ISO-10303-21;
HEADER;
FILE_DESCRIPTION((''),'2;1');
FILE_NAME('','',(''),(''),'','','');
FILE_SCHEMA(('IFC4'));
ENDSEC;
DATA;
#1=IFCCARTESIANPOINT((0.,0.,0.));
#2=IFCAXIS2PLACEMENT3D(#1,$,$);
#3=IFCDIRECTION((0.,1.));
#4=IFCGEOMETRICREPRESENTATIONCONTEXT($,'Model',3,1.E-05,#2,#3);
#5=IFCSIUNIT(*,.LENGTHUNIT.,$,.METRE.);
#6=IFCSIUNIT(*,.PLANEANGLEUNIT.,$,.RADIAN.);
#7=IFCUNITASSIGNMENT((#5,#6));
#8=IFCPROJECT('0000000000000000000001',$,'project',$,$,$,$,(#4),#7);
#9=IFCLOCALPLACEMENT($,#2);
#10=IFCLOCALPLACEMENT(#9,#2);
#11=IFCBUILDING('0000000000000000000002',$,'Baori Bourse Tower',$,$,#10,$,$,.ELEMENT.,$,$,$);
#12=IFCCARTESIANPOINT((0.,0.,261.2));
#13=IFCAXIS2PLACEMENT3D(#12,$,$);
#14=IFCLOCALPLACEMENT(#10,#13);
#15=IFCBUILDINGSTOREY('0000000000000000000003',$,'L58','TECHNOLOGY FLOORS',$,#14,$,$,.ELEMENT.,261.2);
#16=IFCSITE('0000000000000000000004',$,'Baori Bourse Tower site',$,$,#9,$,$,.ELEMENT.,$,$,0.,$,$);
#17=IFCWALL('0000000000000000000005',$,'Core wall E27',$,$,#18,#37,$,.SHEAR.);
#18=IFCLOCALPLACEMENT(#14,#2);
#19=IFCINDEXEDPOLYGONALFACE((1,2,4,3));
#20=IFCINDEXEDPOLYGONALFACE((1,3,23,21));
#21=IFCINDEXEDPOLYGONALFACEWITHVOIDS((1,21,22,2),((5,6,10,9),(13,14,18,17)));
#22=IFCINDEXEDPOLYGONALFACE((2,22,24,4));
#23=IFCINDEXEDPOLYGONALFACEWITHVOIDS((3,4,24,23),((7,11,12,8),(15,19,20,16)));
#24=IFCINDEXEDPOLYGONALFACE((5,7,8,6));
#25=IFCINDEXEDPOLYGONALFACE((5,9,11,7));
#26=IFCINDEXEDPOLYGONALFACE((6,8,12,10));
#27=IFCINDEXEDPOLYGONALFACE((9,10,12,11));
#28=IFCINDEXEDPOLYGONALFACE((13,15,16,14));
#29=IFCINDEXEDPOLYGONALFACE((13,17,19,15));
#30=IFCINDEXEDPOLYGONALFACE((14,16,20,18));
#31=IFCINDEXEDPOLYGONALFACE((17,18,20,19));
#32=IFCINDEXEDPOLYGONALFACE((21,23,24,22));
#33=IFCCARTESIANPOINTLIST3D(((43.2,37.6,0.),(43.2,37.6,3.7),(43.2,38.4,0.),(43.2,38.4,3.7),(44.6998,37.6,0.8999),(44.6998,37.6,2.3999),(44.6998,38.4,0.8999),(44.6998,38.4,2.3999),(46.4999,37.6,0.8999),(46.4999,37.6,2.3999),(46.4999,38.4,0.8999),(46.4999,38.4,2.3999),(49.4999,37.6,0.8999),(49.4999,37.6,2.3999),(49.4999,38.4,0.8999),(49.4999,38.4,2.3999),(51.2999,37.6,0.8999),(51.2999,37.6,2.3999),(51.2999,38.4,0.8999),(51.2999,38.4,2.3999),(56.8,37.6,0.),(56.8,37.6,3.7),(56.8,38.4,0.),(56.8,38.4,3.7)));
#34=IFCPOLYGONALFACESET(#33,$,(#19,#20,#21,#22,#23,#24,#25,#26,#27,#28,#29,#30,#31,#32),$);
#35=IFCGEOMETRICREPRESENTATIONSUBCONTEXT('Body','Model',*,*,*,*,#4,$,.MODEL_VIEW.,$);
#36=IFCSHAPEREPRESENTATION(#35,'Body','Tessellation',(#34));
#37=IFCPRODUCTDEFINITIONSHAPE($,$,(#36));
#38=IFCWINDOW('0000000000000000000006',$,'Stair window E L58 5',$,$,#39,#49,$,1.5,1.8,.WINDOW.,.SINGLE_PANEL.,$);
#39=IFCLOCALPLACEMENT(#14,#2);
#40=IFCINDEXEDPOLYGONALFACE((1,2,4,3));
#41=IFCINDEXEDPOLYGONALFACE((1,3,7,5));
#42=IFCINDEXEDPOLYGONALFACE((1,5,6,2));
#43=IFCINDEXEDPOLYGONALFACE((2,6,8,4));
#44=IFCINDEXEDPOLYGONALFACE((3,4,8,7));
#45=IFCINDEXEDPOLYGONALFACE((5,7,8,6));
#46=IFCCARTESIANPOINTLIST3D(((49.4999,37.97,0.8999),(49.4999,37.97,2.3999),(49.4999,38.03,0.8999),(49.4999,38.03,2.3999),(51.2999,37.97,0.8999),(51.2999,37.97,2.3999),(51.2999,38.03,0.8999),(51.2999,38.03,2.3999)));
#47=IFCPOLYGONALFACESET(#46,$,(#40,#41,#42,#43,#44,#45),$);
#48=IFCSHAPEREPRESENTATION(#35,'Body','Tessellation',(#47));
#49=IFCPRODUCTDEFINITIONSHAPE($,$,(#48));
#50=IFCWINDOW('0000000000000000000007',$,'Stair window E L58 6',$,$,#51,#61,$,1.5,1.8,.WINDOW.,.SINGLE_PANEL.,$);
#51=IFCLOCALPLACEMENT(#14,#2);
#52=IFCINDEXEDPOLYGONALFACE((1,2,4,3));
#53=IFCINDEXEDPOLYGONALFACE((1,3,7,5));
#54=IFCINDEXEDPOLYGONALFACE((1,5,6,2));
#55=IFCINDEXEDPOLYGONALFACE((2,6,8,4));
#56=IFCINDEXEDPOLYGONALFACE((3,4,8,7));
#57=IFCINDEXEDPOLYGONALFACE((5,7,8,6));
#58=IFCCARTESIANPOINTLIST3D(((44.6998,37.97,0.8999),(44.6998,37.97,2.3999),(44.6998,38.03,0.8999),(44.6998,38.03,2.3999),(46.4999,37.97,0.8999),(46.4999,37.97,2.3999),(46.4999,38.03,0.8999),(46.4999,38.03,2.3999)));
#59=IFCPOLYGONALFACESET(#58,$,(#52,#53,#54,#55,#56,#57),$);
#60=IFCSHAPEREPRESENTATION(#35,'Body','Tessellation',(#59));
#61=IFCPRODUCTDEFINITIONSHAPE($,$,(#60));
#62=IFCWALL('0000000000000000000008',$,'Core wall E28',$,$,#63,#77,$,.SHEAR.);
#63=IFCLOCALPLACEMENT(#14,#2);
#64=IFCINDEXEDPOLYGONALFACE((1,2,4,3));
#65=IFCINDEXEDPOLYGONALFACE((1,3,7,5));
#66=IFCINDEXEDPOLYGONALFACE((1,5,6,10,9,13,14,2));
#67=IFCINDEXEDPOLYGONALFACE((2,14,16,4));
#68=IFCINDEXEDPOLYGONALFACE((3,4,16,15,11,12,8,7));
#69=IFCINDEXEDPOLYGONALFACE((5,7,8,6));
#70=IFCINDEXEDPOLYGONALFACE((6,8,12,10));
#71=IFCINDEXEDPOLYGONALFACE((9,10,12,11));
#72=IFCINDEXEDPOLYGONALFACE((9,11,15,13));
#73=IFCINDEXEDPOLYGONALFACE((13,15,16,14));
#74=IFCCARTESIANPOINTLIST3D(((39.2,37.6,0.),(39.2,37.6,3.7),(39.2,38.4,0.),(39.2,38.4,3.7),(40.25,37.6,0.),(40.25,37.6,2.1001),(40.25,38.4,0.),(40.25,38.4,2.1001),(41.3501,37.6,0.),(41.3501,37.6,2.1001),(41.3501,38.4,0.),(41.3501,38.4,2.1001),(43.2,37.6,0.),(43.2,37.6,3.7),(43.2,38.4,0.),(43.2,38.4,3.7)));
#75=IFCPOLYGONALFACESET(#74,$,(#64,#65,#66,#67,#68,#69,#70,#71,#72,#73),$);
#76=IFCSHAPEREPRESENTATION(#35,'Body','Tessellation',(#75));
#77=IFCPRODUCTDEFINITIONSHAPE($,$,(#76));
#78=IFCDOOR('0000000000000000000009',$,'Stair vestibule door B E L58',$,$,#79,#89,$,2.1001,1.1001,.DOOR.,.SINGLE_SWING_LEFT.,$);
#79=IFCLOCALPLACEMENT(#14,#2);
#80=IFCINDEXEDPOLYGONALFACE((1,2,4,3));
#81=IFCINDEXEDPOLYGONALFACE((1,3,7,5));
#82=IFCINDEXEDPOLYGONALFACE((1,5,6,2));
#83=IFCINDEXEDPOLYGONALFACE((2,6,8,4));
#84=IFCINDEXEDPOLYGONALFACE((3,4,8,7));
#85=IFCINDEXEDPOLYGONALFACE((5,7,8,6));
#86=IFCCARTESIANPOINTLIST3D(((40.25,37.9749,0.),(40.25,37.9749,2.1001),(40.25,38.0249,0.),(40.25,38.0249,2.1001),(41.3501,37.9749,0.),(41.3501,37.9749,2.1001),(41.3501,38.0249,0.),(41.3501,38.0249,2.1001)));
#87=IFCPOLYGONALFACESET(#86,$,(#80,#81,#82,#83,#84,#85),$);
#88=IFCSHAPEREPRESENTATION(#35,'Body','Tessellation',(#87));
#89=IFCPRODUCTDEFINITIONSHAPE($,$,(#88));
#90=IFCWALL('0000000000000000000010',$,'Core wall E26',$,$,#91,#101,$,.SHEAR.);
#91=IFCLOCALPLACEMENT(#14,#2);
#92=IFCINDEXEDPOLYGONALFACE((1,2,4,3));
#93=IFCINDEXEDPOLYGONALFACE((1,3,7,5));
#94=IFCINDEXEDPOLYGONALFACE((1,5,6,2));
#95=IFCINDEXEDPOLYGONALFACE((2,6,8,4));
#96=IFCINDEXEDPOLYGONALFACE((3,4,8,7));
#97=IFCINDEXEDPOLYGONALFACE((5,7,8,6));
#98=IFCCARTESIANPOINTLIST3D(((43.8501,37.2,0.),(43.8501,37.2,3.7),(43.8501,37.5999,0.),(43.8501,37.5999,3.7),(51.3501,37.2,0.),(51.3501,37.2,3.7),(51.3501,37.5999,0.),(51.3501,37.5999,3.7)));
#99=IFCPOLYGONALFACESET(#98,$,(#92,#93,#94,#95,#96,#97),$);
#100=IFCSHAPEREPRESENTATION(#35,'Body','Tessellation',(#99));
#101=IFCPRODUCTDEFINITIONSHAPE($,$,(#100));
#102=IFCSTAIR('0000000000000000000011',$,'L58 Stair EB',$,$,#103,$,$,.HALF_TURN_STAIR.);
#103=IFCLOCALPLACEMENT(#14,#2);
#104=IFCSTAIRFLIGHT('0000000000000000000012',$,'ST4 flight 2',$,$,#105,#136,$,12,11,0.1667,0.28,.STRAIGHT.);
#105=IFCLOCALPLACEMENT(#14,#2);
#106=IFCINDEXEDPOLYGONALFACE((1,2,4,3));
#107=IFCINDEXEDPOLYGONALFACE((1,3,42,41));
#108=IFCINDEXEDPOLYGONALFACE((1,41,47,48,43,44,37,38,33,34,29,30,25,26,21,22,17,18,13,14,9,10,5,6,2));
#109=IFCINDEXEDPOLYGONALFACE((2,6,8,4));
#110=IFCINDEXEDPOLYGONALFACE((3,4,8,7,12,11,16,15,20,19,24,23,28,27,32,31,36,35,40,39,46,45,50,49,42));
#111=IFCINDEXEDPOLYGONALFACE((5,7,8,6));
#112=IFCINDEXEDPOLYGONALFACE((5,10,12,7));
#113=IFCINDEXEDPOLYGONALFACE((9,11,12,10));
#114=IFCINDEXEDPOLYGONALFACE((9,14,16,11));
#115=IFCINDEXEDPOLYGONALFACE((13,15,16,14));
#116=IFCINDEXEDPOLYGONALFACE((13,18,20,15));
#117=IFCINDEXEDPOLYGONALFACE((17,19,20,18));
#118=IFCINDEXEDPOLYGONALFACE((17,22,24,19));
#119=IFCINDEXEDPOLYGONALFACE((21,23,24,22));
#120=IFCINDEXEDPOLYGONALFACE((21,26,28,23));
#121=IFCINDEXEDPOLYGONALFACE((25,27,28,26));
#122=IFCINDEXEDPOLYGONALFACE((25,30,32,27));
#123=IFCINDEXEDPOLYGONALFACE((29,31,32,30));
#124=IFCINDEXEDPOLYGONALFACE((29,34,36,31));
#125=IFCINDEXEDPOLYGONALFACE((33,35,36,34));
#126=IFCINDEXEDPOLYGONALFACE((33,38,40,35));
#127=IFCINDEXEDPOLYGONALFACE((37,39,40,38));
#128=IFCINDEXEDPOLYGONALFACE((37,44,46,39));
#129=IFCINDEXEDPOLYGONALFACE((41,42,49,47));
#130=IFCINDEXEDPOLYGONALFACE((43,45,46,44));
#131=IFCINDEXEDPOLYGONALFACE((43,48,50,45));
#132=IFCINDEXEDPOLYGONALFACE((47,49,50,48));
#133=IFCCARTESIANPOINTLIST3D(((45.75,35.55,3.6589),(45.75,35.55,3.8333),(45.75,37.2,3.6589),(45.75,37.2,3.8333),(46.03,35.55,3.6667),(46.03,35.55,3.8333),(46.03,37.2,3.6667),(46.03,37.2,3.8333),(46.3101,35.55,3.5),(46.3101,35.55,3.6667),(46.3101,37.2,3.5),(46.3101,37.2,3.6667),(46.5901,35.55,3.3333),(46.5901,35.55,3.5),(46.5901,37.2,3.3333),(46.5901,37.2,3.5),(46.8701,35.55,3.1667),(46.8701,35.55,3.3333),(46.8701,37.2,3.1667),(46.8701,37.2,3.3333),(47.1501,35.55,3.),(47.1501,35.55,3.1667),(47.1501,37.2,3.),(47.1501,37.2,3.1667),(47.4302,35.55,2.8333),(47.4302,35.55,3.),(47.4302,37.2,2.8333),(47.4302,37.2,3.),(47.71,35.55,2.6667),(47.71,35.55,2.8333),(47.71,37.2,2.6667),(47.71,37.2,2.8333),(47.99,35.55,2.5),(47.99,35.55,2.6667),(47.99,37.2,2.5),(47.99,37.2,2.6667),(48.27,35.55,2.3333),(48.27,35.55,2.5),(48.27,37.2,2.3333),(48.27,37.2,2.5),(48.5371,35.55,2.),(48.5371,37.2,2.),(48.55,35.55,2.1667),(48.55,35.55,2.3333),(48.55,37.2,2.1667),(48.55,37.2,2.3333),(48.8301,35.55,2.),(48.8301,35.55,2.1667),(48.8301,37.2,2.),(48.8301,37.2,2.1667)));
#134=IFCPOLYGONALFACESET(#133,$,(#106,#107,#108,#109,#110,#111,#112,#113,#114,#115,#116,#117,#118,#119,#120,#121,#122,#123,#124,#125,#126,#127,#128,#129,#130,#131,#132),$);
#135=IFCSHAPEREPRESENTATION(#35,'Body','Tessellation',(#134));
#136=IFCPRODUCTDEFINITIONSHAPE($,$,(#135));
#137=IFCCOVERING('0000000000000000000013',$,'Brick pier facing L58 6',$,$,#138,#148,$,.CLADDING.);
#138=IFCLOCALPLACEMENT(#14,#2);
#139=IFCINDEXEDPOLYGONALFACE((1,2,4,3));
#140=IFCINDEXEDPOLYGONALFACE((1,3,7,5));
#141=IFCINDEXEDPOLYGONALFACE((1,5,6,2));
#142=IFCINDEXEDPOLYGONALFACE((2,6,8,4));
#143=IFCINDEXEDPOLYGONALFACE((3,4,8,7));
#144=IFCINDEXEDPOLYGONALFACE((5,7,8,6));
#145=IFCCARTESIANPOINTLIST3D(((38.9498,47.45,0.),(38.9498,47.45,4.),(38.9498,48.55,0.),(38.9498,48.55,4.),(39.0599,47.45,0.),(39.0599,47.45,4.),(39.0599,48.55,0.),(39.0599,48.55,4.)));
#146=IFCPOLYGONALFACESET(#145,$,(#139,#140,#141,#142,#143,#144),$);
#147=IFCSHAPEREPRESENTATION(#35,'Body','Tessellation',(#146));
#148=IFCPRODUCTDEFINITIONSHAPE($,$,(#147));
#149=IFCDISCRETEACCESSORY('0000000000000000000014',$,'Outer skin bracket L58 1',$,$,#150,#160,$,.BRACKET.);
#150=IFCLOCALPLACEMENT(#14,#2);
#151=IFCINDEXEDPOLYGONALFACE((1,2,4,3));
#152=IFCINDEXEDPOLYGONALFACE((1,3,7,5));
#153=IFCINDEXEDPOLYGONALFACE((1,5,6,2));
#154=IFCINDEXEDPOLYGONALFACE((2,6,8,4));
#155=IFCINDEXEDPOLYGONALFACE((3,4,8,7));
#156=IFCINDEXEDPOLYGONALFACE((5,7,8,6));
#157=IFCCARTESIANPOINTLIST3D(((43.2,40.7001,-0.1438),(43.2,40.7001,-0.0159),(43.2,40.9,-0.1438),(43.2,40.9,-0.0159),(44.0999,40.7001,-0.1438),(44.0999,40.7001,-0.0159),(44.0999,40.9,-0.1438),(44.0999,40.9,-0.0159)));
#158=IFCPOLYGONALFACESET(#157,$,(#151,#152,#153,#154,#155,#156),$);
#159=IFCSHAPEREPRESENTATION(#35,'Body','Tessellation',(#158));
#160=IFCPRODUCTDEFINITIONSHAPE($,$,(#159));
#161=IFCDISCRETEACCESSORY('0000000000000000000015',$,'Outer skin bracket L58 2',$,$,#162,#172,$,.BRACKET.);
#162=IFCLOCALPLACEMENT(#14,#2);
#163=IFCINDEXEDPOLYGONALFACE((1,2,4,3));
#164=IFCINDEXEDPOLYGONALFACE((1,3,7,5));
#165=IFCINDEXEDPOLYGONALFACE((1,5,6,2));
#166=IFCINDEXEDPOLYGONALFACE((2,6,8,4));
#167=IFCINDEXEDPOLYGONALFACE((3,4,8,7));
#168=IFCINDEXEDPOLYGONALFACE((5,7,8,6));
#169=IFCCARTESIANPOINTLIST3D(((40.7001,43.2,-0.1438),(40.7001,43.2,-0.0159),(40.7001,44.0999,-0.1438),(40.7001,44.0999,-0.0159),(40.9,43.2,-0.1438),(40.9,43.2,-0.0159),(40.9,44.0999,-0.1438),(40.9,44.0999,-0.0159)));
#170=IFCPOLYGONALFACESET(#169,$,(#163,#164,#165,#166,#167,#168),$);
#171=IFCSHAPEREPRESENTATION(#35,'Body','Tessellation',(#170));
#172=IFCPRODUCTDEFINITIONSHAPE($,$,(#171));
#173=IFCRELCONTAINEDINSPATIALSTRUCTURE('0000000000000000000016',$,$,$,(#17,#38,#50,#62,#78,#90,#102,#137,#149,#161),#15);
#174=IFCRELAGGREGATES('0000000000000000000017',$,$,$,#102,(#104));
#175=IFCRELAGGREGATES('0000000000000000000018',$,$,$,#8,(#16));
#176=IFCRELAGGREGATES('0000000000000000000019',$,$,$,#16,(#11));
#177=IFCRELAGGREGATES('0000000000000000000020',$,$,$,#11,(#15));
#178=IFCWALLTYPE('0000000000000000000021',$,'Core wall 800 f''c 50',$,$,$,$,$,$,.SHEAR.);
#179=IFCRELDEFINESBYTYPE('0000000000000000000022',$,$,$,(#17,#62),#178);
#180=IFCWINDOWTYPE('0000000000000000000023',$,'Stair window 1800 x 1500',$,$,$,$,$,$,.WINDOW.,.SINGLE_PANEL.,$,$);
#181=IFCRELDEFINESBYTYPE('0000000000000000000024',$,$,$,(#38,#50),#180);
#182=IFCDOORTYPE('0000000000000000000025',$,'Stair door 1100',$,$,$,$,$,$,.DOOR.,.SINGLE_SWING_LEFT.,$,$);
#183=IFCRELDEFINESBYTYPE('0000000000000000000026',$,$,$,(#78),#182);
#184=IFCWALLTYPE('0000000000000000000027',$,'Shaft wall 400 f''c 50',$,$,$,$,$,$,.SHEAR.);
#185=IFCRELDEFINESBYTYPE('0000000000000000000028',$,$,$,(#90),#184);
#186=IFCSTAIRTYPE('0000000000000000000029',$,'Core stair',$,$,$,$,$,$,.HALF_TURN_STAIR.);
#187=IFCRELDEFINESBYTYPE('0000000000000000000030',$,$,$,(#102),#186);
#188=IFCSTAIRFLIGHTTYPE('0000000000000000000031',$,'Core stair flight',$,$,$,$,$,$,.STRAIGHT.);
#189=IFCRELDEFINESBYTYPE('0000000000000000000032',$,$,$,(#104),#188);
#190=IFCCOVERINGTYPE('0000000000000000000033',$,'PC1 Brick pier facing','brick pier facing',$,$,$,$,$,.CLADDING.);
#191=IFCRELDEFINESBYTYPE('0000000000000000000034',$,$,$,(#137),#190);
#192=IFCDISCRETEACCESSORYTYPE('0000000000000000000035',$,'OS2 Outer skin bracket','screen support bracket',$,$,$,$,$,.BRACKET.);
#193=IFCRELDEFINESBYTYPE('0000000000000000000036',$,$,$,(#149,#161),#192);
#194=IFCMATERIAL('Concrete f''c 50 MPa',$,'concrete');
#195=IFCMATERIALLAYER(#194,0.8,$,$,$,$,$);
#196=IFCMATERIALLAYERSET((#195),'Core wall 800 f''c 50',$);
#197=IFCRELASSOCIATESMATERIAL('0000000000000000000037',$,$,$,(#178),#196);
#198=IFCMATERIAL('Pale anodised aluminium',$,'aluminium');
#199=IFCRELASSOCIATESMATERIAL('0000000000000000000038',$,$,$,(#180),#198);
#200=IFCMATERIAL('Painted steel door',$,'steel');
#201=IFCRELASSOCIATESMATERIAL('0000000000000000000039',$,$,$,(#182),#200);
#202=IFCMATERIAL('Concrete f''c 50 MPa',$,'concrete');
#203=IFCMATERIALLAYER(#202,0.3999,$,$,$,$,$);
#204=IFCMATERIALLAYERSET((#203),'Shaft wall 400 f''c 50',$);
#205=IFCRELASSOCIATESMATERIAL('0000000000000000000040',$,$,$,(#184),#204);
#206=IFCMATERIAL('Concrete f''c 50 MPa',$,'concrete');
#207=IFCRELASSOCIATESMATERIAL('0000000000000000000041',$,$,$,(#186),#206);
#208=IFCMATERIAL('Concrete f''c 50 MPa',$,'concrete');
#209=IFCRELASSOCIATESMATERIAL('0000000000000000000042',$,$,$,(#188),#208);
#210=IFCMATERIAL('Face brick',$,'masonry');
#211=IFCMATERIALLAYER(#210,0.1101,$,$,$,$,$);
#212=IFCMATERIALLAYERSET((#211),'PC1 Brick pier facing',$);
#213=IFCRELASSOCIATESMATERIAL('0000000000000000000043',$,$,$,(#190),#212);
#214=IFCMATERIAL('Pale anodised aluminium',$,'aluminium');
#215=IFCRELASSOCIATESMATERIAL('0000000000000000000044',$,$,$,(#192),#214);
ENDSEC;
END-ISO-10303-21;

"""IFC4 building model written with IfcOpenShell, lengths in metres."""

from ifc_helpers import new_model, si_unit, direction, frame, frame_2d, origin, origin_2d, place, context, subcontext, project, spatial, polyline, rectangle, outline, extrude, material, layer, layer_set, type_object, element, fill, aggregate, save


model = new_model("IFC4")

# Units and contexts
model_context = context("Model", 3, precision=1e-05, world=origin(), true_north=direction((0.0, 1.0)))
body_context = subcontext(model_context, "Body", "Model", "MODEL_VIEW")
ifc_project = project(units=[si_unit("LENGTHUNIT", "METRE"), si_unit("PLANEANGLEUNIT", "RADIAN")], contexts=[model_context])

# Site, building, storey
site_placement = place(None, origin())
site = spatial("IfcSite", under=ifc_project, at=site_placement, Name="Baori Bourse Tower site", CompositionType="ELEMENT", RefElevation=0.0)
building_placement = place(site_placement, origin())
building = spatial("IfcBuilding", under=site, at=building_placement, Name="Baori Bourse Tower", CompositionType="ELEMENT")
storey_placement = place(building_placement, frame((0.0, 0.0, 261.2)))
storey = spatial("IfcBuildingStorey", under=building, at=storey_placement, Name="L58", Description="TECHNOLOGY FLOORS", CompositionType="ELEMENT", Elevation=261.2)

# Wall, openings, windows
ifc_material_1 = material(Name="Concrete f'c 50 MPa", Category="concrete")
ifc_layer_1 = layer(ifc_material_1, 0.8)
ifc_layer_set_1 = layer_set([ifc_layer_1], Name="Core wall 800 f'c 50")
wall_type_1 = type_object("IfcWallType", Name="Core wall 800 f'c 50", PredefinedType="SHEAR", material=ifc_layer_set_1)
wall_1_placement = place(storey_placement, frame((43.2, 38.0, 0.0), z_axis=(0.0, 0.0, 1.0), x_axis=(1.0, 0.0, 0.0)))
wall_1 = element("IfcWall", 1, at=wall_1_placement, inside=storey, type_object=wall_type_1, Name="Core wall E27", PredefinedType="SHEAR", context=body_context, shape_type="SweptSolid", body=[
    extrude(rectangle(XDim=13.6001, YDim=0.8, at=frame_2d((6.8, 0.0))), origin(), (0.0, 0.0, 1.0), 3.7),
])
opening_1_placement = place(wall_1_placement, frame((6.3, 0.0, 0.8999)))
opening_1 = element("IfcOpeningElement", 2, at=opening_1_placement, cuts=wall_1, PredefinedType="OPENING", context=body_context, shape_type="SweptSolid", body=[
    extrude(rectangle(XDim=1.8, YDim=1.5, at=frame_2d((0.8999, 0.75))), frame((0.0, 0.4099, 0.0), z_axis=(0.0, -1.0, 0.0), x_axis=(1.0, 0.0, 0.0)), (0.0, 0.0, 1.0), 0.8201),
])
opening_2_placement = place(wall_1_placement, frame((1.5, 0.0, 0.8999)))
opening_2 = element("IfcOpeningElement", 3, at=opening_2_placement, cuts=wall_1, PredefinedType="OPENING", context=body_context, shape_type="SweptSolid", body=[
    extrude(rectangle(XDim=1.8, YDim=1.5, at=frame_2d((0.8999, 0.75))), frame((0.0, 0.4099, 0.0), z_axis=(0.0, -1.0, 0.0), x_axis=(1.0, 0.0, 0.0)), (0.0, 0.0, 1.0), 0.8201),
])
ifc_material_2 = material(Name="Pale anodised aluminium", Category="aluminium")
window_type_1 = type_object("IfcWindowType", Name="Stair window 1800 x 1500", PartitioningType="SINGLE_PANEL", PredefinedType="WINDOW", material=ifc_material_2)
window_1_placement = place(opening_1_placement, origin())
window_1 = element("IfcWindow", 4, at=window_1_placement, inside=storey, type_object=window_type_1, Name="Stair window E L58 5", OverallHeight=1.5, OverallWidth=1.8, PartitioningType="SINGLE_PANEL", PredefinedType="WINDOW", context=body_context, shape_type="SweptSolid", body=[
    extrude(rectangle(XDim=1.8, YDim=1.5, at=frame_2d((0.8999, 0.75))), frame((0.0, 0.03, 0.0), z_axis=(0.0, -1.0, 0.0), x_axis=(1.0, 0.0, 0.0)), (0.0, 0.0, 1.0), 0.0601),
])
fill(opening_1, window_1)
window_2_placement = place(opening_2_placement, origin())
window_2 = element("IfcWindow", 5, at=window_2_placement, inside=storey, type_object=window_type_1, Name="Stair window E L58 6", OverallHeight=1.5, OverallWidth=1.8, PartitioningType="SINGLE_PANEL", PredefinedType="WINDOW", context=body_context, shape_type="SweptSolid", body=[
    extrude(rectangle(XDim=1.8, YDim=1.5, at=frame_2d((0.8999, 0.75))), frame((0.0, 0.03, 0.0), z_axis=(0.0, -1.0, 0.0), x_axis=(1.0, 0.0, 0.0)), (0.0, 0.0, 1.0), 0.0601),
])
fill(opening_2, window_2)

# Wall, opening, door
wall_2_placement = place(storey_placement, frame((39.2, 38.0, 0.0), z_axis=(0.0, 0.0, 1.0), x_axis=(1.0, 0.0, 0.0)))
wall_2 = element("IfcWall", 6, at=wall_2_placement, inside=storey, type_object=wall_type_1, Name="Core wall E28", PredefinedType="SHEAR", context=body_context, shape_type="SweptSolid", body=[
    extrude(rectangle(XDim=4.0, YDim=0.8, at=frame_2d((2.0, 0.0))), origin(), (0.0, 0.0, 1.0), 3.7),
])
opening_3_placement = place(wall_2_placement, frame((1.05, 0.0, 0.0)))
opening_3 = element("IfcOpeningElement", 7, at=opening_3_placement, cuts=wall_2, PredefinedType="OPENING", context=body_context, shape_type="SweptSolid", body=[
    extrude(rectangle(XDim=1.1001, YDim=2.1001, at=frame_2d((0.55, 1.05))), frame((0.0, 0.4099, 0.0), z_axis=(0.0, -1.0, 0.0), x_axis=(1.0, 0.0, 0.0)), (0.0, 0.0, 1.0), 0.8201),
])
ifc_material_3 = material(Name="Painted steel door", Category="steel")
door_type = type_object("IfcDoorType", Name="Stair door 1100", OperationType="SINGLE_SWING_LEFT", PredefinedType="DOOR", material=ifc_material_3)
door_placement = place(opening_3_placement, origin())
door = element("IfcDoor", 8, at=door_placement, inside=storey, type_object=door_type, Name="Stair vestibule door B E L58", OperationType="SINGLE_SWING_LEFT", OverallHeight=2.1001, OverallWidth=1.1001, PredefinedType="DOOR", context=body_context, shape_type="SweptSolid", body=[
    extrude(rectangle(XDim=1.1001, YDim=2.1001, at=frame_2d((0.55, 1.05))), frame((0.0, 0.0249, 0.0), z_axis=(0.0, -1.0, 0.0), x_axis=(1.0, 0.0, 0.0)), (0.0, 0.0, 1.0), 0.05),
])
fill(opening_3, door)

# Wall
ifc_material_4 = material(Name="Concrete f'c 50 MPa", Category="concrete")
ifc_layer_2 = layer(ifc_material_4, 0.3999)
ifc_layer_set_2 = layer_set([ifc_layer_2], Name="Shaft wall 400 f'c 50")
wall_type_2 = type_object("IfcWallType", Name="Shaft wall 400 f'c 50", PredefinedType="SHEAR", material=ifc_layer_set_2)
wall_3_placement = place(storey_placement, frame((43.8501, 37.3999, 0.0), z_axis=(0.0, 0.0, 1.0), x_axis=(1.0, 0.0, 0.0)))
element("IfcWall", 9, at=wall_3_placement, inside=storey, type_object=wall_type_2, Name="Core wall E26", PredefinedType="SHEAR", context=body_context, shape_type="SweptSolid", body=[
    extrude(rectangle(XDim=7.5, YDim=0.3999, at=frame_2d((3.75, 0.0))), origin(), (0.0, 0.0, 1.0), 3.7),
])

# Stair, stair flight
ifc_material_5 = material(Name="Concrete f'c 50 MPa", Category="concrete")
stair_type = type_object("IfcStairType", Name="Core stair", PredefinedType="HALF_TURN_STAIR", material=ifc_material_5)
stair_placement = place(storey_placement, origin())
stair = element("IfcStair", 10, at=stair_placement, inside=storey, type_object=stair_type, Name="L58 Stair EB", PredefinedType="HALF_TURN_STAIR")
ifc_material_6 = material(Name="Concrete f'c 50 MPa", Category="concrete")
stair_flight_type = type_object("IfcStairFlightType", Name="Core stair flight", PredefinedType="STRAIGHT", material=ifc_material_6)
stair_flight_placement = place(storey_placement, frame((48.8301, 36.375, 2.0), z_axis=(0.0, 0.0, 1.0), x_axis=(-1.0, 0.0, 0.0)))
stair_flight = element("IfcStairFlight", 11, at=stair_flight_placement, type_object=stair_flight_type, Name="ST4 flight 2", NumberOfRisers=12, NumberOfTreads=11, PredefinedType="STRAIGHT", RiserHeight=0.1667, TreadLength=0.28, context=body_context, shape_type="SweptSolid", body=[
    extrude(outline(polyline([(0.0, 0.0), (0.0, 0.1667), (0.28, 0.1667), (0.28, 0.3333), (0.5601, 0.3333), (0.5601, 0.5), (0.8401, 0.5), (0.8401, 0.6667), (1.1201, 0.6667), (1.1201, 0.8333), (1.3999, 0.8333), (1.3999, 1.0), (1.6799, 1.0), (1.6799, 1.1667), (1.96, 1.1667), (1.96, 1.3333), (2.24, 1.3333), (2.24, 1.5), (2.52, 1.5), (2.52, 1.6667), (2.8, 1.6667), (2.8, 1.8333), (3.0801, 1.8333), (3.0801, 2.0), (3.0801, 1.6589), (0.293, 0.0), (0.0, 0.0)])), frame((0.0, 0.825, 0.0), z_axis=(0.0, -1.0, 0.0), x_axis=(1.0, 0.0, 0.0)), (0.0, 0.0, 1.0), 1.6499),
])
aggregate(stair, [stair_flight])

# Covering
ifc_material_7 = material(Name="Face brick", Category="masonry")
ifc_layer_3 = layer(ifc_material_7, 0.1101)
ifc_layer_set_3 = layer_set([ifc_layer_3], Name="PC1 Brick pier facing")
covering_type = type_object("IfcCoveringType", Name="PC1 Brick pier facing", Description="brick pier facing", PredefinedType="CLADDING", material=ifc_layer_set_3)
covering_placement = place(storey_placement, frame((39.0049, 48.0, 0.0), z_axis=(0.0, 0.0, 1.0), x_axis=(1.0, 0.0, 0.0)))
element("IfcCovering", 12, at=covering_placement, inside=storey, type_object=covering_type, Name="Brick pier facing L58 6", PredefinedType="CLADDING", context=body_context, shape_type="SweptSolid", body=[
    extrude(rectangle(XDim=0.1101, YDim=1.1001, at=origin_2d()), origin(), (0.0, 0.0, 1.0), 4.0),
])

# Discrete accessories
ifc_material_8 = material(Name="Pale anodised aluminium", Category="aluminium")
discrete_accessory_type = type_object("IfcDiscreteAccessoryType", Name="OS2 Outer skin bracket", Description="screen support bracket", PredefinedType="BRACKET", material=ifc_material_8)
for number, where, z_axis, x_axis, name in (
    (13, (43.6499, 40.8, -0.1438), (0.0, 0.0, 1.0), (0.0, 1.0, 0.0), "Outer skin bracket L58 1"),
    (14, (40.8, 43.6499, -0.1438), (0.0, 0.0, 1.0), (-1.0, 0.0, 0.0), "Outer skin bracket L58 2"),
):
    element("IfcDiscreteAccessory", number, at=place(storey_placement, frame(where, z_axis=z_axis, x_axis=x_axis)), inside=storey, type_object=discrete_accessory_type, Name=name, PredefinedType="BRACKET", context=body_context, shape_type="SweptSolid", body=[
        extrude(rectangle(XDim=0.2, YDim=0.8999, at=origin_2d()), origin(), (0.0, 0.0, 1.0), 0.1279),
    ])

save(model, "model.ifc")
